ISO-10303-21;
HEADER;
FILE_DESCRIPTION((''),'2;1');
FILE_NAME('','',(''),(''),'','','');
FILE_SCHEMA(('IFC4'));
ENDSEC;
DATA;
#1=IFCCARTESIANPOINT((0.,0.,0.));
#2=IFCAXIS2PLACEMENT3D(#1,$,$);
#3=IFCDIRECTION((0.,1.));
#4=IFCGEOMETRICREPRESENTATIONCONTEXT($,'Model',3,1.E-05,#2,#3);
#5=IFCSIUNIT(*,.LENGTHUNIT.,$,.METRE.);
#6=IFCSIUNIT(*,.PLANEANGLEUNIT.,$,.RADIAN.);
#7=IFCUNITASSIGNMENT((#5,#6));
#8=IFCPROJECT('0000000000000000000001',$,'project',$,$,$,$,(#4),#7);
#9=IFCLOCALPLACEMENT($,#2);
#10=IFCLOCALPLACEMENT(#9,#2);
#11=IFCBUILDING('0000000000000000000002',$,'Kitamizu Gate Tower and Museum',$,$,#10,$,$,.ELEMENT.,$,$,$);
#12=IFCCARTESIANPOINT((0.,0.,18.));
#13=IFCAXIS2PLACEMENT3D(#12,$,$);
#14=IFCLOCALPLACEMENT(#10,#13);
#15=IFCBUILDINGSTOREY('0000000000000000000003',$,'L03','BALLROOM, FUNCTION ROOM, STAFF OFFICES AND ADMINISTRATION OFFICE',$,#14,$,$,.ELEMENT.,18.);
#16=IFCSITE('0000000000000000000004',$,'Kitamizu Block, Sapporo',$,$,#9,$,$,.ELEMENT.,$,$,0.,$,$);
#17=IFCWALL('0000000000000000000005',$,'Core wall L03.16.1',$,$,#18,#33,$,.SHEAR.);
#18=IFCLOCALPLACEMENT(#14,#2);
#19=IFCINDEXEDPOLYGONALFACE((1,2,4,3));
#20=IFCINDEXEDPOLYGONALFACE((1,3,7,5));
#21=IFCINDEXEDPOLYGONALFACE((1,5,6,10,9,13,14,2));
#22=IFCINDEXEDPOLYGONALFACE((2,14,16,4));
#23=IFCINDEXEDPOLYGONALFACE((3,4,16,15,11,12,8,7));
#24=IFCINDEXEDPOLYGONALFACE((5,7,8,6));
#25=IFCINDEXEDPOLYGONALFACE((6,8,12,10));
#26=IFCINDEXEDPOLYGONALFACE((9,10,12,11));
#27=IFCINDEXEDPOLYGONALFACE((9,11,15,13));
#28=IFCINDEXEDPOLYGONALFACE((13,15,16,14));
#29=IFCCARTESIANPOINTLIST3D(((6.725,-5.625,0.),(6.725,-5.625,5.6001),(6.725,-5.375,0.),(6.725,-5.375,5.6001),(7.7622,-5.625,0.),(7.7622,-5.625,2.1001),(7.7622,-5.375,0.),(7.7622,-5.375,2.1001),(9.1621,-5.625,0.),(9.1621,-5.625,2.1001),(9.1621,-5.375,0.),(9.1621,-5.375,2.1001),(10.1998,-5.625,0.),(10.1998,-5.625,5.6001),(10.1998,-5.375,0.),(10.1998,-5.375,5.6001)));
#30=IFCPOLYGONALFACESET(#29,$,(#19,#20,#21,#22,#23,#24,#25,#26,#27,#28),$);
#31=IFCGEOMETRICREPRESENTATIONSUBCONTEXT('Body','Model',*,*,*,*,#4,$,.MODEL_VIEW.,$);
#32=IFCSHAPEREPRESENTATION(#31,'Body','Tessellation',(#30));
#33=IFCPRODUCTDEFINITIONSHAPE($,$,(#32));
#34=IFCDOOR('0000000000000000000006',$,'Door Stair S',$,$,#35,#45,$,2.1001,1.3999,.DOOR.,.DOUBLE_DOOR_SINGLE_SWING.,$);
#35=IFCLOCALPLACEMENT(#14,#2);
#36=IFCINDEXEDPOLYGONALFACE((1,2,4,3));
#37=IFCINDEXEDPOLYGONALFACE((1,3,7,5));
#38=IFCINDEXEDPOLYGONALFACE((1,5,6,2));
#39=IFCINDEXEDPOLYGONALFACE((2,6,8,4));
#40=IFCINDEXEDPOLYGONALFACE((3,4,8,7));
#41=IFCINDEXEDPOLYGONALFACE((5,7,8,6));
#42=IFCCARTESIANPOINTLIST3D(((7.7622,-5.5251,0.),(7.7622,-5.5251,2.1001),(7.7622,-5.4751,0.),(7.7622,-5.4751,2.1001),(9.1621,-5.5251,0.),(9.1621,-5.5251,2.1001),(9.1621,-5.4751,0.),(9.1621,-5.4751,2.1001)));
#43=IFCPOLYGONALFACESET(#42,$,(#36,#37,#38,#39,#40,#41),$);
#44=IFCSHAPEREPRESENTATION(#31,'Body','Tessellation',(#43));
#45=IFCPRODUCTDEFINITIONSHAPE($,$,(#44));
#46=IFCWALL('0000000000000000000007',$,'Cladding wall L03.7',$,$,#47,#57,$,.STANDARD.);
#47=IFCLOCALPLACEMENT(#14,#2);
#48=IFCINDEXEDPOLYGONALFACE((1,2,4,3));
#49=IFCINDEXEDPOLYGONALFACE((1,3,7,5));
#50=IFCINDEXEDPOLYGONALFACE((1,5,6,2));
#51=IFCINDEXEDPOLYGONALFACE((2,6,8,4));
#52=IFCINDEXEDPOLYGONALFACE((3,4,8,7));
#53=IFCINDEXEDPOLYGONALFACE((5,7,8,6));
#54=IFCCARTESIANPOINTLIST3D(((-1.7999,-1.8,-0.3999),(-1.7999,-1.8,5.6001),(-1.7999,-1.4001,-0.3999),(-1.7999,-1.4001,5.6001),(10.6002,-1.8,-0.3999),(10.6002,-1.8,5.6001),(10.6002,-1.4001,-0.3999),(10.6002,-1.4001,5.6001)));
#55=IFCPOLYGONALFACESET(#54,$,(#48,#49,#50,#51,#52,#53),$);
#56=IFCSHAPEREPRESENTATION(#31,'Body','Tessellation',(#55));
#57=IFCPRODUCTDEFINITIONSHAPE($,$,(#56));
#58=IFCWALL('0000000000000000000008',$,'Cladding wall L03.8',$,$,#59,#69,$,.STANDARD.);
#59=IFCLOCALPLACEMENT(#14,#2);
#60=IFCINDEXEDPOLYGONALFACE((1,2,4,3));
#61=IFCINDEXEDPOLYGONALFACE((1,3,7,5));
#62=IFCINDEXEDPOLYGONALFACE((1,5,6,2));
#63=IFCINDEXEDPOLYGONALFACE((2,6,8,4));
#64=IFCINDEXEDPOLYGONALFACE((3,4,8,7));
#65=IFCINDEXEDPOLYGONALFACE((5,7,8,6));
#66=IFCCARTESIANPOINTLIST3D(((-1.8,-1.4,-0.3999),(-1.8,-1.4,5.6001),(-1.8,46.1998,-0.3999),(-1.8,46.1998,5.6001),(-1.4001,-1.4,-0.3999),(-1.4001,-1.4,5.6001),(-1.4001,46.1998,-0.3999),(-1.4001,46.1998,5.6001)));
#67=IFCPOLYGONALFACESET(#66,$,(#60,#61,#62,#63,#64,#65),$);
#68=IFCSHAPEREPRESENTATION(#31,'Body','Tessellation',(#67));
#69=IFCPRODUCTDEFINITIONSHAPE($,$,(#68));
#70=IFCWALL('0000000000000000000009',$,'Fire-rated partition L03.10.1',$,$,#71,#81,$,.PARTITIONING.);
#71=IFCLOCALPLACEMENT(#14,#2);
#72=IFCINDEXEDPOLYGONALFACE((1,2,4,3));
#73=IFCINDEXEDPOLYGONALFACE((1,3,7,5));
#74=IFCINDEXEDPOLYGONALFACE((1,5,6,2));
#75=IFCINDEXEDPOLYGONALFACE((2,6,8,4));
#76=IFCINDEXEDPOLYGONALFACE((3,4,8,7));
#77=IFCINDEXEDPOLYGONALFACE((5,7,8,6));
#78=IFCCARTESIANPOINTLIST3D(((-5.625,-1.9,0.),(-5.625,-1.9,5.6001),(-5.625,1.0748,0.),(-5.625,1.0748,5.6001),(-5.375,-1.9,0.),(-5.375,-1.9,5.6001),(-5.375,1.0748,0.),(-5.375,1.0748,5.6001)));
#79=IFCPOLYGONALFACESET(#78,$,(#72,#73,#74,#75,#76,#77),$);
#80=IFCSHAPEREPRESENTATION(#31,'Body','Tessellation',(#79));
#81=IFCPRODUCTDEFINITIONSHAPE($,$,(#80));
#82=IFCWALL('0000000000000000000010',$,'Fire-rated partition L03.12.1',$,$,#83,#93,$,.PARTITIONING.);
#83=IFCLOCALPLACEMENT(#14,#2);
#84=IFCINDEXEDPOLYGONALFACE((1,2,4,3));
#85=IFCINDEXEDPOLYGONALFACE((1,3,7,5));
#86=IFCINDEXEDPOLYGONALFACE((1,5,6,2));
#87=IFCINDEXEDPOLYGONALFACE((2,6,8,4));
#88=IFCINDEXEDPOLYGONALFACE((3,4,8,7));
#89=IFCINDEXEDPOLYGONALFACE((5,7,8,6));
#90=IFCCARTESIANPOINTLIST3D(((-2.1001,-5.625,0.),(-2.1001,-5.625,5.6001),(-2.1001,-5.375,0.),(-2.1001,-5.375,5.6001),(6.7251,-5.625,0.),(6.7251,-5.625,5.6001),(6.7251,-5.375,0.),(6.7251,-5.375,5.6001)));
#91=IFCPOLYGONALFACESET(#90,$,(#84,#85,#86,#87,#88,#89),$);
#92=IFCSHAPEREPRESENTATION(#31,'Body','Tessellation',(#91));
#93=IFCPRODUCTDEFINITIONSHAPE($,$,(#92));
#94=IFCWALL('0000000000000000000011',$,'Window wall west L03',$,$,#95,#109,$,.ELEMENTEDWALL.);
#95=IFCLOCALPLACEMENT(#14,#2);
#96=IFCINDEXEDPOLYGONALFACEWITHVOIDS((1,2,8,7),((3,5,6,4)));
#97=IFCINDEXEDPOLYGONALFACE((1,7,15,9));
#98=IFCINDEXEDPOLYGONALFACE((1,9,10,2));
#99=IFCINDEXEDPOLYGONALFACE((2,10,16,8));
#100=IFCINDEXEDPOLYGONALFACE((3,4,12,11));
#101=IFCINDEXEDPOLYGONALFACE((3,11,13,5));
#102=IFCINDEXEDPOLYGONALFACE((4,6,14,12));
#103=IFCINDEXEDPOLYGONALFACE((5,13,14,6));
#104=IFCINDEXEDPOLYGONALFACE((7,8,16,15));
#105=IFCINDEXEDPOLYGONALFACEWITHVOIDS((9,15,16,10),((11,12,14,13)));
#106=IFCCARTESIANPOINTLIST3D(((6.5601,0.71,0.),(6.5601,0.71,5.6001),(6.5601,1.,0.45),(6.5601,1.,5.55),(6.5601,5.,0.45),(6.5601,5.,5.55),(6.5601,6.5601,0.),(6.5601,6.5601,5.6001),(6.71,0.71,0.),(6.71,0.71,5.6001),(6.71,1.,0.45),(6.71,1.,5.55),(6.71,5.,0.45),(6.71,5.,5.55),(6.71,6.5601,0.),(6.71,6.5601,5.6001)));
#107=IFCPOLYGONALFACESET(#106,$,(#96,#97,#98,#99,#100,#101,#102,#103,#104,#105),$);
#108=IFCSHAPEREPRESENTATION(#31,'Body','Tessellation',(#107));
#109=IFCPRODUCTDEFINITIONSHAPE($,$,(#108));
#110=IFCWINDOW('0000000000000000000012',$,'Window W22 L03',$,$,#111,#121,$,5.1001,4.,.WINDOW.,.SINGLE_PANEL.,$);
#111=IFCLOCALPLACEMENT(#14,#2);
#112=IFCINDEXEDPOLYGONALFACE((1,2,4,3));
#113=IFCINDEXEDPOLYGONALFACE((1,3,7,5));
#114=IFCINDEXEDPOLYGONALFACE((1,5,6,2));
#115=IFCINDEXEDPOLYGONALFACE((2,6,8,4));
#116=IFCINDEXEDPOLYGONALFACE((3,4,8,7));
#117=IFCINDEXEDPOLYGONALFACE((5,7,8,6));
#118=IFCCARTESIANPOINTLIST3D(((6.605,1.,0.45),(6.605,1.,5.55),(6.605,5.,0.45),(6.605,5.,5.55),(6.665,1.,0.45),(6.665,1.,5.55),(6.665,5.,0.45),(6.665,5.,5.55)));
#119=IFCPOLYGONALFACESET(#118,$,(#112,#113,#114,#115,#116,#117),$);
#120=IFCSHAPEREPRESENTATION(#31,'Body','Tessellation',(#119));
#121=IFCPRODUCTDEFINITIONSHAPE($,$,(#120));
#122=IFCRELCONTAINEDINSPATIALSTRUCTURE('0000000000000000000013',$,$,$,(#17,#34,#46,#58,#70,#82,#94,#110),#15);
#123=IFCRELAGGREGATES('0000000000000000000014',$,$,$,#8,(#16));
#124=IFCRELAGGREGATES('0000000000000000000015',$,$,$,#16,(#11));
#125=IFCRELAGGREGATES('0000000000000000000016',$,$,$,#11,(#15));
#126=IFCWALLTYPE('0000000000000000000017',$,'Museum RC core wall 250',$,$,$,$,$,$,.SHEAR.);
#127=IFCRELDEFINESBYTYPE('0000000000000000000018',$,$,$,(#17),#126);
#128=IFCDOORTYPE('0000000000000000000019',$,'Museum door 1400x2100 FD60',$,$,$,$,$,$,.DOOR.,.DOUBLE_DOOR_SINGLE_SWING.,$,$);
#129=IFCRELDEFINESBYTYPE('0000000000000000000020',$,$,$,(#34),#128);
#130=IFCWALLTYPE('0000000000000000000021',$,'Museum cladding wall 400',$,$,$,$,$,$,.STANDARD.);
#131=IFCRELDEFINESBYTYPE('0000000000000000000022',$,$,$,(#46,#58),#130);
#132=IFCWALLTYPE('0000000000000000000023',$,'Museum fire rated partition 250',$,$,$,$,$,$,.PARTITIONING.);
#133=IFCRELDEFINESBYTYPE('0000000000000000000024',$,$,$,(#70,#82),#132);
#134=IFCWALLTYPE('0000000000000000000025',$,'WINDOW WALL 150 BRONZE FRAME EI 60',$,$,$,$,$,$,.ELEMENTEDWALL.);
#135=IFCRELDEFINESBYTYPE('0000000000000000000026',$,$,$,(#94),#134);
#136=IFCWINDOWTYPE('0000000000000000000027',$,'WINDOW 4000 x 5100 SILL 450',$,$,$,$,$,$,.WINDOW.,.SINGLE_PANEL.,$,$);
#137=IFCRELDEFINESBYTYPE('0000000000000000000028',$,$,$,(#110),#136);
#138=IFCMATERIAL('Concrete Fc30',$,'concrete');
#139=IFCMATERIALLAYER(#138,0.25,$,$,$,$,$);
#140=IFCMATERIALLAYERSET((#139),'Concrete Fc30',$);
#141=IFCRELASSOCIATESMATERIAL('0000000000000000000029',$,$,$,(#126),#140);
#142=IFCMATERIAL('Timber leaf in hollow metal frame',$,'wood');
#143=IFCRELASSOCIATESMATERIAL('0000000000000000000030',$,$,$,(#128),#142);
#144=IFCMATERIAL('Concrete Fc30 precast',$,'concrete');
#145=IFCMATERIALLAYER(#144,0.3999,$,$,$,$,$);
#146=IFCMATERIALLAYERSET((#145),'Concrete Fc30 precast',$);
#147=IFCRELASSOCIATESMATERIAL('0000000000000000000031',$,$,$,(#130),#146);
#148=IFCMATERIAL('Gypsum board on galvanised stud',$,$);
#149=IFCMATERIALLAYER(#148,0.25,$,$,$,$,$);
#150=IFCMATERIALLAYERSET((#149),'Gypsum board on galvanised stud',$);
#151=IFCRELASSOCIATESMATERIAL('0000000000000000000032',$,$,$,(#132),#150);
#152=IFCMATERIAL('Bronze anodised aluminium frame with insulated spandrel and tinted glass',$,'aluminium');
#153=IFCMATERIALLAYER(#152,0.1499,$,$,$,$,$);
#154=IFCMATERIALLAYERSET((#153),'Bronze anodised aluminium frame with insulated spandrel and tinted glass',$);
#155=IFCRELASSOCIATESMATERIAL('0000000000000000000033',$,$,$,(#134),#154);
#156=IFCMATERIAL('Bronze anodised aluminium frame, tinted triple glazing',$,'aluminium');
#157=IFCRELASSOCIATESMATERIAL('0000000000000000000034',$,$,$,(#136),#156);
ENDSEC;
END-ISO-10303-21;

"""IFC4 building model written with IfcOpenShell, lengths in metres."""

from ifc_helpers import new_model, si_unit, direction, frame, frame_2d, origin, place, context, subcontext, project, spatial, rectangle, extrude, material, layer, layer_set, type_object, element, fill, save


model = new_model("IFC4")

# Units and contexts
model_context = context("Model", 3, precision=1e-05, world=origin(), true_north=direction((0.0, 1.0)))
body_context = subcontext(model_context, "Body", "Model", "MODEL_VIEW")
ifc_project = project(units=[si_unit("LENGTHUNIT", "METRE"), si_unit("PLANEANGLEUNIT", "RADIAN")], contexts=[model_context])

# Site, building, storey
site_placement = place(None, origin())
site = spatial("IfcSite", under=ifc_project, at=site_placement, Name="Kitamizu Block, Sapporo", CompositionType="ELEMENT", RefElevation=0.0)
building_placement = place(site_placement, origin())
building = spatial("IfcBuilding", under=site, at=building_placement, Name="Kitamizu Gate Tower and Museum", CompositionType="ELEMENT")
storey_placement = place(building_placement, frame((0.0, 0.0, 18.0)))
storey = spatial("IfcBuildingStorey", under=building, at=storey_placement, Name="L03", Description="BALLROOM, FUNCTION ROOM, STAFF OFFICES AND ADMINISTRATION OFFICE", CompositionType="ELEMENT", Elevation=18.0)

# Shared definitions
ifc_material_1 = material(Name="Concrete Fc30", Category="concrete")
ifc_layer_1 = layer(ifc_material_1, 0.25)
ifc_layer_set_1 = layer_set([ifc_layer_1], Name="Concrete Fc30")
wall_type_1 = type_object("IfcWallType", Name="Museum RC core wall 250", PredefinedType="SHEAR", material=ifc_layer_set_1)

# Wall, opening, door
wall_1_placement = place(storey_placement, frame((6.7251, -5.5, 0.0), z_axis=(0.0, 0.0, 1.0), x_axis=(1.0, 0.0, 0.0)))
wall_1 = element("IfcWall", 1, at=wall_1_placement, inside=storey, type_object=wall_type_1, Name="Core wall L03.16.1", PredefinedType="SHEAR", context=body_context, shape_type="SweptSolid", body=[
    extrude(rectangle(XDim=3.4749, YDim=0.25, at=frame_2d((1.7373, 0.0))), origin(), (0.0, 0.0, 1.0), 5.6001),
])
opening_1_placement = place(wall_1_placement, frame((1.0371, 0.0, 0.0)))
opening_1 = element("IfcOpeningElement", 2, at=opening_1_placement, cuts=wall_1, PredefinedType="OPENING", context=body_context, shape_type="SweptSolid", body=[
    extrude(rectangle(XDim=1.3999, YDim=2.1001, at=frame_2d((0.7, 1.05))), frame((0.0, 0.135, 0.0), z_axis=(0.0, -1.0, 0.0), x_axis=(1.0, 0.0, 0.0)), (0.0, 0.0, 1.0), 0.27),
])
ifc_material_2 = material(Name="Timber leaf in hollow metal frame", Category="wood")
door_type = type_object("IfcDoorType", Name="Museum door 1400x2100 FD60", OperationType="DOUBLE_DOOR_SINGLE_SWING", PredefinedType="DOOR", material=ifc_material_2)
door_placement = place(opening_1_placement, origin())
door = element("IfcDoor", 3, at=door_placement, inside=storey, type_object=door_type, Name="Door Stair S", OperationType="DOUBLE_DOOR_SINGLE_SWING", OverallHeight=2.1001, OverallWidth=1.3999, PredefinedType="DOOR", context=body_context, shape_type="SweptSolid", body=[
    extrude(rectangle(XDim=1.3999, YDim=2.1001, at=frame_2d((0.7, 1.05))), frame((0.0, 0.0249, 0.0), z_axis=(0.0, -1.0, 0.0), x_axis=(1.0, 0.0, 0.0)), (0.0, 0.0, 1.0), 0.05),
])
fill(opening_1, door)

# Walls
ifc_material_3 = material(Name="Concrete Fc30 precast", Category="concrete")
ifc_layer_2 = layer(ifc_material_3, 0.3999)
ifc_layer_set_2 = layer_set([ifc_layer_2], Name="Concrete Fc30 precast")
wall_type_2 = type_object("IfcWallType", Name="Museum cladding wall 400", PredefinedType="STANDARD", material=ifc_layer_set_2)
wall_2_placement = place(storey_placement, frame((-1.8, -1.6001, -0.3999), z_axis=(0.0, 0.0, 1.0), x_axis=(1.0, 0.0, 0.0)))
element("IfcWall", 4, at=wall_2_placement, inside=storey, type_object=wall_type_2, Name="Cladding wall L03.7", PredefinedType="STANDARD", context=body_context, shape_type="SweptSolid", body=[
    extrude(rectangle(XDim=12.4001, YDim=0.3999, at=frame_2d((6.2002, 0.0))), origin(), (0.0, 0.0, 1.0), 6.0),
])
wall_3_placement = place(storey_placement, frame((-1.6001, -1.3999, -0.3999), z_axis=(0.0, 0.0, 1.0), x_axis=(0.0, 1.0, 0.0)))
element("IfcWall", 5, at=wall_3_placement, inside=storey, type_object=wall_type_2, Name="Cladding wall L03.8", PredefinedType="STANDARD", context=body_context, shape_type="SweptSolid", body=[
    extrude(rectangle(XDim=47.5999, YDim=0.3999, at=frame_2d((23.7998, 0.0))), origin(), (0.0, 0.0, 1.0), 6.0),
])
ifc_material_4 = material(Name="Gypsum board on galvanised stud")
ifc_layer_3 = layer(ifc_material_4, 0.25)
ifc_layer_set_3 = layer_set([ifc_layer_3], Name="Gypsum board on galvanised stud")
wall_type_3 = type_object("IfcWallType", Name="Museum fire rated partition 250", PredefinedType="PARTITIONING", material=ifc_layer_set_3)
wall_4_placement = place(storey_placement, frame((-5.5, -1.8999, 0.0), z_axis=(0.0, 0.0, 1.0), x_axis=(0.0, 1.0, 0.0)))
element("IfcWall", 6, at=wall_4_placement, inside=storey, type_object=wall_type_3, Name="Fire-rated partition L03.10.1", PredefinedType="PARTITIONING", context=body_context, shape_type="SweptSolid", body=[
    extrude(rectangle(XDim=2.9749, YDim=0.25, at=frame_2d((1.4873, 0.0))), origin(), (0.0, 0.0, 1.0), 5.6001),
])
wall_5_placement = place(storey_placement, frame((-2.1001, -5.5, 0.0), z_axis=(0.0, 0.0, 1.0), x_axis=(1.0, 0.0, 0.0)))
element("IfcWall", 7, at=wall_5_placement, inside=storey, type_object=wall_type_3, Name="Fire-rated partition L03.12.1", PredefinedType="PARTITIONING", context=body_context, shape_type="SweptSolid", body=[
    extrude(rectangle(XDim=8.8252, YDim=0.25, at=frame_2d((4.4126, 0.0))), origin(), (0.0, 0.0, 1.0), 5.6001),
])

# Wall, opening, window
ifc_material_5 = material(Name="Bronze anodised aluminium frame with insulated spandrel and tinted glass", Category="aluminium")
ifc_layer_4 = layer(ifc_material_5, 0.1499)
ifc_layer_set_4 = layer_set([ifc_layer_4], Name="Bronze anodised aluminium frame with insulated spandrel and tinted glass")
wall_type_4 = type_object("IfcWallType", Name="WINDOW WALL 150 BRONZE FRAME EI 60", PredefinedType="ELEMENTEDWALL", material=ifc_layer_set_4)
wall_6_placement = place(storey_placement, frame((6.635, 0.71, 0.0), z_axis=(0.0, 0.0, 1.0), x_axis=(0.0, 1.0, 0.0)))
wall_6 = element("IfcWall", 8, at=wall_6_placement, inside=storey, type_object=wall_type_4, Name="Window wall west L03", PredefinedType="ELEMENTEDWALL", context=body_context, shape_type="SweptSolid", body=[
    extrude(rectangle(XDim=5.8501, YDim=0.1499, at=frame_2d((2.925, 0.0))), origin(), (0.0, 0.0, 1.0), 5.6001),
])
opening_2_placement = place(wall_6_placement, frame((0.29, 0.0, 0.45)))
opening_2 = element("IfcOpeningElement", 9, at=opening_2_placement, cuts=wall_6, PredefinedType="OPENING", context=body_context, shape_type="SweptSolid", body=[
    extrude(rectangle(XDim=4.0, YDim=5.1001, at=frame_2d((2.0, 2.55))), frame((0.0, 0.085, 0.0), z_axis=(0.0, -1.0, 0.0), x_axis=(1.0, 0.0, 0.0)), (0.0, 0.0, 1.0), 0.1699),
])
ifc_material_6 = material(Name="Bronze anodised aluminium frame, tinted triple glazing", Category="aluminium")
window_type_1 = type_object("IfcWindowType", Name="WINDOW 4000 x 5100 SILL 450", PartitioningType="SINGLE_PANEL", PredefinedType="WINDOW", material=ifc_material_6)
window_1_placement = place(opening_2_placement, origin())
window_1 = element("IfcWindow", 10, at=window_1_placement, inside=storey, type_object=window_type_1, Name="Window W22 L03", OverallHeight=5.1001, OverallWidth=4.0, PartitioningType="SINGLE_PANEL", PredefinedType="WINDOW", context=body_context, shape_type="SweptSolid", body=[
    extrude(rectangle(XDim=4.0, YDim=5.1001, at=frame_2d((2.0, 2.55))), frame((0.0, 0.03, 0.0), z_axis=(0.0, -1.0, 0.0), x_axis=(1.0, 0.0, 0.0)), (0.0, 0.0, 1.0), 0.0601),
])
fill(opening_2, window_1)

save(model, "model.ifc")
